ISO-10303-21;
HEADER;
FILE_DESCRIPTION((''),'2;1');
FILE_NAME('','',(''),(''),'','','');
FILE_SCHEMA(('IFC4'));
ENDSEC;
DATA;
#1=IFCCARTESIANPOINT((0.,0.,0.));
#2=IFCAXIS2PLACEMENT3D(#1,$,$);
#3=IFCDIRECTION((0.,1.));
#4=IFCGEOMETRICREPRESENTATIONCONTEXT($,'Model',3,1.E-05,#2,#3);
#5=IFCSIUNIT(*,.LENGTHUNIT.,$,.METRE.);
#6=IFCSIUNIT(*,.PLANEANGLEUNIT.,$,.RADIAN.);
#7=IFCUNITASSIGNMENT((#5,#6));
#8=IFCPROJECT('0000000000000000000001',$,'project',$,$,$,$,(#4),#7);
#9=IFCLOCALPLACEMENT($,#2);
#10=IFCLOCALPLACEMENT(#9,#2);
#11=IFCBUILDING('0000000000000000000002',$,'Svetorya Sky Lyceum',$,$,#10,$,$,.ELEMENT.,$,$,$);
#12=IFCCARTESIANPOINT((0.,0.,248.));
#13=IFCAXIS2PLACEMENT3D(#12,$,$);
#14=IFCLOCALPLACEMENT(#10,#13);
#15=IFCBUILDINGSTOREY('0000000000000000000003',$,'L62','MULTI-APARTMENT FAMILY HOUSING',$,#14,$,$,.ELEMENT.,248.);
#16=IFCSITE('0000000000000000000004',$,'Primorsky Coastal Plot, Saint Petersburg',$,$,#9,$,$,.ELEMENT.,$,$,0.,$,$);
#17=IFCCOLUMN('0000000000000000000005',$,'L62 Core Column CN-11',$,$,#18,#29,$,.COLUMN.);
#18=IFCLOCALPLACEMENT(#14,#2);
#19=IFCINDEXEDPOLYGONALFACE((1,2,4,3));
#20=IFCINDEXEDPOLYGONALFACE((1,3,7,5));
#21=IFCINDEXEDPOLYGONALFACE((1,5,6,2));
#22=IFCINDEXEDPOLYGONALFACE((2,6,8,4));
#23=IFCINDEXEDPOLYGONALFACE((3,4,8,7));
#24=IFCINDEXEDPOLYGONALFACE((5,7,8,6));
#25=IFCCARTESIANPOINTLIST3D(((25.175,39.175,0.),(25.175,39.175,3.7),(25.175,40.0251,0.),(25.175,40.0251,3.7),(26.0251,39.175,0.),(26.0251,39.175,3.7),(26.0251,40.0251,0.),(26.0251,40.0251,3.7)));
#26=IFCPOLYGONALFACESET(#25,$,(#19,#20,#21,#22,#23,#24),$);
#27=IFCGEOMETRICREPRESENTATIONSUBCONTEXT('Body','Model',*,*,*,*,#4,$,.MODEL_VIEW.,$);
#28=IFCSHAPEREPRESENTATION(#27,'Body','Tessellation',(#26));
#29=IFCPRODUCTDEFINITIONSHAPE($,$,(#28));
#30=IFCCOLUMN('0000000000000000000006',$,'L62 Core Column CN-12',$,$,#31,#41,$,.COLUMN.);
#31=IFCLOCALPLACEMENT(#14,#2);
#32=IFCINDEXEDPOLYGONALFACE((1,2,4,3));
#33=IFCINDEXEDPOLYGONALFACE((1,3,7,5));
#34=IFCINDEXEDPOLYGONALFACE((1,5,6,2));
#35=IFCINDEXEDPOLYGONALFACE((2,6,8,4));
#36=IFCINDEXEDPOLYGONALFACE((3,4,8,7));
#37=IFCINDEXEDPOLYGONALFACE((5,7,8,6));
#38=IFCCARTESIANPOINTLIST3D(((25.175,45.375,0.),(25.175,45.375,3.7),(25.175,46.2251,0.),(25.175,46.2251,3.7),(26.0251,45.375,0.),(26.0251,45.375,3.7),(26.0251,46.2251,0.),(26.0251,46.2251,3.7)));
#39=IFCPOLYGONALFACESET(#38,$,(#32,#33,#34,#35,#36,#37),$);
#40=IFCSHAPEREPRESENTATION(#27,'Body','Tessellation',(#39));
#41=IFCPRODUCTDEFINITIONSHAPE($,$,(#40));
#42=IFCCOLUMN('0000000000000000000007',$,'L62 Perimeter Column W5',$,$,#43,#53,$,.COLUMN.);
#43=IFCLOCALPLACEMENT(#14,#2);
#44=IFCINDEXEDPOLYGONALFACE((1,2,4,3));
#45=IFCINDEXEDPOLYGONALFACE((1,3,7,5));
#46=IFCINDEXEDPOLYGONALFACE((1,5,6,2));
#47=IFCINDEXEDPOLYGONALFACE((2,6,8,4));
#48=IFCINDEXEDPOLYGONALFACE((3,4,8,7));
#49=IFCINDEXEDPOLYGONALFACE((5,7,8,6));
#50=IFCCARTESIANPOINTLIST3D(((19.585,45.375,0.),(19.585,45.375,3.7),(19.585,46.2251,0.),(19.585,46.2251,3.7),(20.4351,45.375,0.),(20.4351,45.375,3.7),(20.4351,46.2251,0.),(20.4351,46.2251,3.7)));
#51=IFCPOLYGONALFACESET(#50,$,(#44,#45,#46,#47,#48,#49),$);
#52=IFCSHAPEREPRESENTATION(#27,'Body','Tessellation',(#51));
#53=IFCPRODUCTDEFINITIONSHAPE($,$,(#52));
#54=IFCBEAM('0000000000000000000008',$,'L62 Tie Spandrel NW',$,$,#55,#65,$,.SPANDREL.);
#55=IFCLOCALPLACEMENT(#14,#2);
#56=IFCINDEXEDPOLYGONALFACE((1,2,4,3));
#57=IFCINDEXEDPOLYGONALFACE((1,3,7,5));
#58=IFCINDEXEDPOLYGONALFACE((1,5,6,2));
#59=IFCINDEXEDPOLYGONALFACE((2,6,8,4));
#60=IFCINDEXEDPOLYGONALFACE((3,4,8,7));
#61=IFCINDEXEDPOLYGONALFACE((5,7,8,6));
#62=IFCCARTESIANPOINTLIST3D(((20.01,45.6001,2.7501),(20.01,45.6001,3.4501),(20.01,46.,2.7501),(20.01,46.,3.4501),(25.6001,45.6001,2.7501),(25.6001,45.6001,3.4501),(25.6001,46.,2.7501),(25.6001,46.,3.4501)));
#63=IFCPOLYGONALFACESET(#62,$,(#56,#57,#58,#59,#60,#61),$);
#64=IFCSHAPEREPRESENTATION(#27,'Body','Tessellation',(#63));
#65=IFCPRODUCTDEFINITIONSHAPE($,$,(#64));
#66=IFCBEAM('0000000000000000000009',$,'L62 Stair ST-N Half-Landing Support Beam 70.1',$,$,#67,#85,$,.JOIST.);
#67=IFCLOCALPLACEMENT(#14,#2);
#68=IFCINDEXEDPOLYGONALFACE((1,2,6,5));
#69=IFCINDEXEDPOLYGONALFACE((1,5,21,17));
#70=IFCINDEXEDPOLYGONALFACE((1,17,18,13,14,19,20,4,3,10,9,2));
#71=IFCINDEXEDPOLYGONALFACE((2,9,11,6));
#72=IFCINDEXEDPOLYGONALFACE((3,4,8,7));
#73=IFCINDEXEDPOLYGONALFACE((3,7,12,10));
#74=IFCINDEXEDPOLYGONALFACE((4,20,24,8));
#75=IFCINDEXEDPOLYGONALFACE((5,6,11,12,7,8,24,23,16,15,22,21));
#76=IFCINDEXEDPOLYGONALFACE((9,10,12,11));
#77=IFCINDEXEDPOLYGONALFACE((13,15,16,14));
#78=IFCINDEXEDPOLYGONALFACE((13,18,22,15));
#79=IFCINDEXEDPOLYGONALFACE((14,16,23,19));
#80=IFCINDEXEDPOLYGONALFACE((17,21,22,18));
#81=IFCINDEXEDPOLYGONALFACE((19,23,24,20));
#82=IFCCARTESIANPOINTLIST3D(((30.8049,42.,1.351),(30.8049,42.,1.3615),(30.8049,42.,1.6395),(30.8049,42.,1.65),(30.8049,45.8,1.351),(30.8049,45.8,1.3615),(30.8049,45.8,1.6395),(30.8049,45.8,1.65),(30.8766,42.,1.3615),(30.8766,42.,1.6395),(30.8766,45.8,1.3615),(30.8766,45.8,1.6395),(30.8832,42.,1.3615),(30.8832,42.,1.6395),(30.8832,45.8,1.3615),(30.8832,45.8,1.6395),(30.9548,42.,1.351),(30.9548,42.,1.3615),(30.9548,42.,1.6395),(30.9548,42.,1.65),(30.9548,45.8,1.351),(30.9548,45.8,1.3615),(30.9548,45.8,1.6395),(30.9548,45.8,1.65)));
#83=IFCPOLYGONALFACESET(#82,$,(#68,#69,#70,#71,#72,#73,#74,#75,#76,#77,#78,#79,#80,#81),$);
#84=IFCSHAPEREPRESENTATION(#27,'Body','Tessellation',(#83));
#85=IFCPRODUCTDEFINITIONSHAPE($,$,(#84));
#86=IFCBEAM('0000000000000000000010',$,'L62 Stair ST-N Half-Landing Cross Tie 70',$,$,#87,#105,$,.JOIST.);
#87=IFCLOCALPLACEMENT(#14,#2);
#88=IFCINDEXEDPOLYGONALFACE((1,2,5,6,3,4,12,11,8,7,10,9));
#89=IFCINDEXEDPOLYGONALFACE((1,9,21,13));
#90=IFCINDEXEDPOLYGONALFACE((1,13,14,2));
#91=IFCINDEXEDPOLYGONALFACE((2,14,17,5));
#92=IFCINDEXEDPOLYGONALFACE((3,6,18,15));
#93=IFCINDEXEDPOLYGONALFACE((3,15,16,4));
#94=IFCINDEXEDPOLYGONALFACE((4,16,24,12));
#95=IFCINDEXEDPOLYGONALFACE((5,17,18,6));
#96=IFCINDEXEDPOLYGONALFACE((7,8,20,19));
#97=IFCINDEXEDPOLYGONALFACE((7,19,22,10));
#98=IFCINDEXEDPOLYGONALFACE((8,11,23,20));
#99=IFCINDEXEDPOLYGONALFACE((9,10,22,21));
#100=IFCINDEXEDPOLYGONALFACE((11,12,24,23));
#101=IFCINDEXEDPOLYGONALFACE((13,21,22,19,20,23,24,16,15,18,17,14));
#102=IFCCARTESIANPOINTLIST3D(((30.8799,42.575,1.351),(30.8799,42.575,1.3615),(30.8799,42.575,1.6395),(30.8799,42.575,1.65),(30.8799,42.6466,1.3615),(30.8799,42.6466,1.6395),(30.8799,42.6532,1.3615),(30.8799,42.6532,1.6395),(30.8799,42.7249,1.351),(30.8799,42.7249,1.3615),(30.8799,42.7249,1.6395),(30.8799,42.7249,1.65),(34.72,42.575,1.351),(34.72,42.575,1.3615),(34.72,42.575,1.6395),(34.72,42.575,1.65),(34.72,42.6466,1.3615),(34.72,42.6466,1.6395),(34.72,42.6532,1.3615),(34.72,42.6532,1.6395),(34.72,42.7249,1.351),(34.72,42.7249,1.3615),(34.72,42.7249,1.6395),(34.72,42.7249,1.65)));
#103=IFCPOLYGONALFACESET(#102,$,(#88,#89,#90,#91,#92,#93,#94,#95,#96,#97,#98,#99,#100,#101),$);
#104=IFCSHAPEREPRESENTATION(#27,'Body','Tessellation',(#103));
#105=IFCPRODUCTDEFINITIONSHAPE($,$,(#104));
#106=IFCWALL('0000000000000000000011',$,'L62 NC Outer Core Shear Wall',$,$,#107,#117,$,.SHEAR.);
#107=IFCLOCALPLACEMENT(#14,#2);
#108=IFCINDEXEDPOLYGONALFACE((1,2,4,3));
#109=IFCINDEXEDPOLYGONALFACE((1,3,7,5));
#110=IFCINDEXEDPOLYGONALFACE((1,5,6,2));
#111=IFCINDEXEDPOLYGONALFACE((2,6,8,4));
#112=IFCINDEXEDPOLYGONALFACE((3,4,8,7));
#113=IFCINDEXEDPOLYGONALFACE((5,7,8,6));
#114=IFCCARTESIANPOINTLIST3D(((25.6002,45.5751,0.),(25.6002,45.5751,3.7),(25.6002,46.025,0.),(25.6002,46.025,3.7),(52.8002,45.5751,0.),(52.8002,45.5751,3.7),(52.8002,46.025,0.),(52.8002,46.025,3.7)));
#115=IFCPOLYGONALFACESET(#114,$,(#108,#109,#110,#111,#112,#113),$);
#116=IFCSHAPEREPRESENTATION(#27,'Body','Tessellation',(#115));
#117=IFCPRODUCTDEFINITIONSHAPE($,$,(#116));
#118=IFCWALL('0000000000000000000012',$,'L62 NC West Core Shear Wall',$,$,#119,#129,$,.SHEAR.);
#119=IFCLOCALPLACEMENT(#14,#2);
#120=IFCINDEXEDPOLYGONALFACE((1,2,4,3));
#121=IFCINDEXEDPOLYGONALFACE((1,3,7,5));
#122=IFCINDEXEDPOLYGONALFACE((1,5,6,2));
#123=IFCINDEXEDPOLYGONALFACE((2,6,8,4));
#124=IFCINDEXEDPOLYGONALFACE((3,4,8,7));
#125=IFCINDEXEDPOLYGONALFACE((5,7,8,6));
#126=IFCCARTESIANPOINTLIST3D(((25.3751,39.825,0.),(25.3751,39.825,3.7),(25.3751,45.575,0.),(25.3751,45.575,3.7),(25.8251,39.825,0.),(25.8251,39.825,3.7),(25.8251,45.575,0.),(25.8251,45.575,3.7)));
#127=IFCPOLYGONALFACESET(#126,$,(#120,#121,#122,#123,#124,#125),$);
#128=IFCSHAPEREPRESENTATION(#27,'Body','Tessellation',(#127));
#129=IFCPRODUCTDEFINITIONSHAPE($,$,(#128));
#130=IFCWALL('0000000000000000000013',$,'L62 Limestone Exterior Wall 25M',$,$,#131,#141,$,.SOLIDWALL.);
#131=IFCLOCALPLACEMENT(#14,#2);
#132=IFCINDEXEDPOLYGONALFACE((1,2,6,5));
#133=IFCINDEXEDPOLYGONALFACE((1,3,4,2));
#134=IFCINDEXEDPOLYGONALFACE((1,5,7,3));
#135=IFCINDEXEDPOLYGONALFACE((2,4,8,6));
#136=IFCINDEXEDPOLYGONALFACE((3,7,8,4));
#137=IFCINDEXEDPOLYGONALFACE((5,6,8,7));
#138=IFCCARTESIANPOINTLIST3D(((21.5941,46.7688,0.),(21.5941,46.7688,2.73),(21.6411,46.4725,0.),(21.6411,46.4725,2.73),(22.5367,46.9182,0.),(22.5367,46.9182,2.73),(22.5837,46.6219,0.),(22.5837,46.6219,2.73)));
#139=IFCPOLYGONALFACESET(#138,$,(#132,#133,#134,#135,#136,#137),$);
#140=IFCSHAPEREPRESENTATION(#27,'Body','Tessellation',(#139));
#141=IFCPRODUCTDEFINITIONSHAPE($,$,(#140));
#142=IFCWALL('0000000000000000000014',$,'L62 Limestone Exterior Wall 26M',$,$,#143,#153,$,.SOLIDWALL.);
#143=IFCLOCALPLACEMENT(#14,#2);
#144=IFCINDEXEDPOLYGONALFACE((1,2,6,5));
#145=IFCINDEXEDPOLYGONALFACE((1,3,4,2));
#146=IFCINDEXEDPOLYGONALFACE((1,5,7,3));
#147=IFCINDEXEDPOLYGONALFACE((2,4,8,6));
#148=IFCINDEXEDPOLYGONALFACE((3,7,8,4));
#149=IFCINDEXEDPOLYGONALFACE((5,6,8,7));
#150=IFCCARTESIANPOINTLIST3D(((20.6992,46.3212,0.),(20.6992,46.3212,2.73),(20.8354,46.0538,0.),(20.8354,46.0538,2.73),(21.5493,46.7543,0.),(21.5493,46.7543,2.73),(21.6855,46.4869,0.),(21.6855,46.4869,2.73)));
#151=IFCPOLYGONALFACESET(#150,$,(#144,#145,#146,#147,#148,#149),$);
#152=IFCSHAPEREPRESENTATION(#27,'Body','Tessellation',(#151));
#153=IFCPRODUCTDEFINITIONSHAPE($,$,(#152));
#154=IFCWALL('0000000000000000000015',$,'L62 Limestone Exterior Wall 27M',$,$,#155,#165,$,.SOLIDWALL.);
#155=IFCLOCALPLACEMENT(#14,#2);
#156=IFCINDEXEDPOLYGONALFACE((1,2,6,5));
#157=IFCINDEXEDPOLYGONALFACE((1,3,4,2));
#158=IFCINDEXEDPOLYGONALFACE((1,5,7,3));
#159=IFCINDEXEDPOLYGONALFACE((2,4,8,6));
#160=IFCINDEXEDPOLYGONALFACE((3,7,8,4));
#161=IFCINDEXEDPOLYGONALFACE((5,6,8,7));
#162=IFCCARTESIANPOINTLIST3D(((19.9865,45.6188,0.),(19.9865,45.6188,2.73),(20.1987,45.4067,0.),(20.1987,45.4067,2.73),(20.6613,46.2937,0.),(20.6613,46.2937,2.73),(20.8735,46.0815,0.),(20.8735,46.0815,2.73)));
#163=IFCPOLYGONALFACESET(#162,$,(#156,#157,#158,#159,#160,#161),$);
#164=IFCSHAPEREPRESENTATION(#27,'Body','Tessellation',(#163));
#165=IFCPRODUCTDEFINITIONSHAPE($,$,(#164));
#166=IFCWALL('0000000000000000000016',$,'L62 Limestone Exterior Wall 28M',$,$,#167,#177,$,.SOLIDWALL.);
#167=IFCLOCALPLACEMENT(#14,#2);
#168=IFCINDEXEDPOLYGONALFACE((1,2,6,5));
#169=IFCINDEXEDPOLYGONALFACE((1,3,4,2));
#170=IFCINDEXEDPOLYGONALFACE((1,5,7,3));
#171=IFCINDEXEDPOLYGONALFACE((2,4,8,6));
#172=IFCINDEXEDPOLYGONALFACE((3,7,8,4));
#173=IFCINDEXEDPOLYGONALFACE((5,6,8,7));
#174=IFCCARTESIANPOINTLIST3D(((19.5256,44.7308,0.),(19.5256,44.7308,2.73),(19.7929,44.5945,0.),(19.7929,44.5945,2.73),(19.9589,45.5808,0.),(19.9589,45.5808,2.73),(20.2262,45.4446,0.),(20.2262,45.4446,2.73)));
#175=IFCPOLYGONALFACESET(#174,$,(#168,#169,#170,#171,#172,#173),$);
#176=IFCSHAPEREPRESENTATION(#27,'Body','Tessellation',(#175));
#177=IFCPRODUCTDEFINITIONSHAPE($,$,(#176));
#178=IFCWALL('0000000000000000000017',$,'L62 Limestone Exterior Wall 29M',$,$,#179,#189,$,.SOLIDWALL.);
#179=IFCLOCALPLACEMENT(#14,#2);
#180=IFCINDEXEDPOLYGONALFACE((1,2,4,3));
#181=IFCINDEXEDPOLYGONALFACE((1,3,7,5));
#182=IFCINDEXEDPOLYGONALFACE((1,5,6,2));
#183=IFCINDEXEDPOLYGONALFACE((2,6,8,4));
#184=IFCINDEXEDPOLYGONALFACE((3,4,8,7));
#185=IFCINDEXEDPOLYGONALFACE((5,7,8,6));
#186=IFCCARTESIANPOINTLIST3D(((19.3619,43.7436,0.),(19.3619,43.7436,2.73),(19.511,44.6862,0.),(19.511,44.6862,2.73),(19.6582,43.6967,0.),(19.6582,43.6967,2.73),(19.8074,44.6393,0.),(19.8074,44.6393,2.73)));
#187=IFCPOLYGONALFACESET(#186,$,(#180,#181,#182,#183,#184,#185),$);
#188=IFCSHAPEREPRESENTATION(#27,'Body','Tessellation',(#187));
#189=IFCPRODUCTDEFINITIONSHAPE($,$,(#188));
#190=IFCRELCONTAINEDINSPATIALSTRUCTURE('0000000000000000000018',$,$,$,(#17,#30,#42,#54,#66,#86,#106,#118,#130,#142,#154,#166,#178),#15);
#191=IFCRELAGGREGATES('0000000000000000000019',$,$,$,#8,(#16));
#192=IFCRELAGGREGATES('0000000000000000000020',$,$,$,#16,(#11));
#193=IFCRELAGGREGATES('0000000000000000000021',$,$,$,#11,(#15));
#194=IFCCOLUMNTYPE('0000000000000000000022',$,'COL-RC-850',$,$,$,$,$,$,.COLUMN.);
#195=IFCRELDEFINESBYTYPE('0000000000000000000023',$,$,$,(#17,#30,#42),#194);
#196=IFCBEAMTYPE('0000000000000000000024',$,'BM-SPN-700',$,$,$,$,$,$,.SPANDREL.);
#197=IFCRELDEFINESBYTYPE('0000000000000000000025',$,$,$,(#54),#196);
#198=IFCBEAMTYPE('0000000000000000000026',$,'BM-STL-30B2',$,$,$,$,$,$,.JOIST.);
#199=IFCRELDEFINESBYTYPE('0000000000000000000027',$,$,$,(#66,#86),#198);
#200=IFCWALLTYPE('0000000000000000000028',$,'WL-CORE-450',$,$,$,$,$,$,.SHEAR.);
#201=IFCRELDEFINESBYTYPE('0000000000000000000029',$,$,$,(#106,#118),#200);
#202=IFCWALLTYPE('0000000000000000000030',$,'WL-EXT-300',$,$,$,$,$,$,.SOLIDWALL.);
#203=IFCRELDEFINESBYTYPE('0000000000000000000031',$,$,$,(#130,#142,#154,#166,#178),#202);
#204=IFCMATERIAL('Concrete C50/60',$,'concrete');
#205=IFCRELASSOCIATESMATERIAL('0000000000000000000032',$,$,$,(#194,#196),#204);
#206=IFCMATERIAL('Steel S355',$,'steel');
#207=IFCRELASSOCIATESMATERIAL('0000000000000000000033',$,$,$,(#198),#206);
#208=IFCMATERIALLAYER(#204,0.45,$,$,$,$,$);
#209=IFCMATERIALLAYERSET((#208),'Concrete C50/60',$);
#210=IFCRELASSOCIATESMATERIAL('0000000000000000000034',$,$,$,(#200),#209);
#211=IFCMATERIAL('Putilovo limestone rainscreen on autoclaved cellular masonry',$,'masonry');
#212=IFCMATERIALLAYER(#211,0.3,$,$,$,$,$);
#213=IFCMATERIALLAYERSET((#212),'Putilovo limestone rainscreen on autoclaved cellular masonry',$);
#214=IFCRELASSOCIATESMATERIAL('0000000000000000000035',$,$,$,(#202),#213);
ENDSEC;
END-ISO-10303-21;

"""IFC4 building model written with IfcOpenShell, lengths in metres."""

from ifc_helpers import new_model, si_unit, direction, frame, frame_2d, origin, origin_2d, place, context, subcontext, project, spatial, rectangle, i_section, extrude, material, layer, layer_set, material_profile, profile_set, type_object, element, save


model = new_model("IFC4")

# Units and contexts
model_context = context("Model", 3, precision=1e-05, world=origin(), true_north=direction((0.0, 1.0)))
body_context = subcontext(model_context, "Body", "Model", "MODEL_VIEW")
ifc_project = project(units=[si_unit("LENGTHUNIT", "METRE"), si_unit("PLANEANGLEUNIT", "RADIAN")], contexts=[model_context])

# Site, building, storey
site_placement = place(None, origin())
site = spatial("IfcSite", under=ifc_project, at=site_placement, Name="Primorsky Coastal Plot, Saint Petersburg", CompositionType="ELEMENT", RefElevation=0.0)
building_placement = place(site_placement, origin())
building = spatial("IfcBuilding", under=site, at=building_placement, Name="Svetorya Sky Lyceum", CompositionType="ELEMENT")
storey_placement = place(building_placement, frame((0.0, 0.0, 248.0)))
storey = spatial("IfcBuildingStorey", under=building, at=storey_placement, Name="L62", Description="MULTI-APARTMENT FAMILY HOUSING", CompositionType="ELEMENT", Elevation=248.0)

# Columns
ifc_material_1 = material(Name="Concrete C50/60", Category="concrete")
ifc_material_profile_1 = material_profile(ifc_material_1, rectangle(XDim=0.8501, YDim=0.8501, at=origin_2d()), Name="RC COL 850x850")
ifc_profile_set_1 = profile_set([ifc_material_profile_1], Name="Concrete C50/60")
column_type = type_object("IfcColumnType", Name="COL-RC-850", PredefinedType="COLUMN", material=ifc_profile_set_1)
for number, where, z_axis, x_axis, name in (
    (1, (25.6001, 39.6001, 0.0), (0.0, 0.0, 1.0), (1.0, 0.0, 0.0), "L62 Core Column CN-11"),
    (2, (25.6001, 45.8, 0.0), (0.0, 0.0, 1.0), (1.0, 0.0, 0.0), "L62 Core Column CN-12"),
    (3, (20.01, 45.8, 0.0), (0.0, 0.0, 1.0), (1.0, 0.0, 0.0), "L62 Perimeter Column W5"),
):
    element("IfcColumn", number, at=place(storey_placement, frame(where, z_axis=z_axis, x_axis=x_axis)), inside=storey, type_object=column_type, Name=name, PredefinedType="COLUMN", context=body_context, shape_type="SweptSolid", body=[
        extrude(rectangle(XDim=0.8501, YDim=0.8501, at=origin_2d()), origin(), (0.0, 0.0, 1.0), 3.7),
    ])

# Beams
ifc_material_profile_2 = material_profile(ifc_material_1, rectangle(XDim=0.3999, YDim=0.7, at=origin_2d()), Name="RC SPANDREL 400x700")
ifc_profile_set_2 = profile_set([ifc_material_profile_2], Name="Concrete C50/60")
beam_type_1 = type_object("IfcBeamType", Name="BM-SPN-700", PredefinedType="SPANDREL", material=ifc_profile_set_2)
beam_1_placement = place(storey_placement, frame((20.01, 45.8, 3.1001), z_axis=(1.0, 0.0, 0.0), x_axis=(0.0, 1.0, 0.0)))
element("IfcBeam", 4, at=beam_1_placement, inside=storey, type_object=beam_type_1, Name="L62 Tie Spandrel NW", PredefinedType="SPANDREL", context=body_context, shape_type="SweptSolid", body=[
    extrude(rectangle(XDim=0.3999, YDim=0.7, at=origin_2d()), origin(), (0.0, 0.0, 1.0), 5.5901),
])
ifc_material_2 = material(Name="Steel S355", Category="steel")
ifc_material_profile_3 = material_profile(ifc_material_2, i_section(OverallWidth=0.1499, OverallDepth=0.2991, WebThickness=0.0066, FlangeThickness=0.0105, at=origin_2d()), Name="GOST 30B2")
ifc_profile_set_3 = profile_set([ifc_material_profile_3], Name="Steel S355")
beam_type_2 = type_object("IfcBeamType", Name="BM-STL-30B2", PredefinedType="JOIST", material=ifc_profile_set_3)
beam_2_placement = place(storey_placement, frame((30.8799, 42.0, 1.5005), z_axis=(0.0, 1.0, 0.0), x_axis=(-1.0, 0.0, 0.0)))
element("IfcBeam", 5, at=beam_2_placement, inside=storey, type_object=beam_type_2, Name="L62 Stair ST-N Half-Landing Support Beam 70.1", PredefinedType="JOIST", context=body_context, shape_type="SweptSolid", body=[
    extrude(i_section(OverallWidth=0.1499, OverallDepth=0.2991, WebThickness=0.0066, FlangeThickness=0.0105, at=origin_2d()), origin(), (0.0, 0.0, 1.0), 3.8),
])
beam_3_placement = place(storey_placement, frame((30.8799, 42.6499, 1.5005), z_axis=(1.0, 0.0, 0.0), x_axis=(0.0, 1.0, 0.0)))
element("IfcBeam", 6, at=beam_3_placement, inside=storey, type_object=beam_type_2, Name="L62 Stair ST-N Half-Landing Cross Tie 70", PredefinedType="JOIST", context=body_context, shape_type="SweptSolid", body=[
    extrude(i_section(OverallWidth=0.1499, OverallDepth=0.2991, WebThickness=0.0066, FlangeThickness=0.0105, at=origin_2d()), origin(), (0.0, 0.0, 1.0), 3.8401),
])

# Walls
ifc_layer_1 = layer(ifc_material_1, 0.45)
ifc_layer_set_1 = layer_set([ifc_layer_1], Name="Concrete C50/60")
wall_type_1 = type_object("IfcWallType", Name="WL-CORE-450", PredefinedType="SHEAR", material=ifc_layer_set_1)
wall_1_placement = place(storey_placement, frame((25.6001, 45.8, 0.0), z_axis=(0.0, 0.0, 1.0), x_axis=(1.0, 0.0, 0.0)))
element("IfcWall", 7, at=wall_1_placement, inside=storey, type_object=wall_type_1, Name="L62 NC Outer Core Shear Wall", PredefinedType="SHEAR", context=body_context, shape_type="SweptSolid", body=[
    extrude(rectangle(XDim=27.2, YDim=0.45, at=frame_2d((13.6001, 0.0))), origin(), (0.0, 0.0, 1.0), 3.7),
])
wall_2_placement = place(storey_placement, frame((25.6001, 39.825, 0.0), z_axis=(0.0, 0.0, 1.0), x_axis=(0.0, 1.0, 0.0)))
element("IfcWall", 8, at=wall_2_placement, inside=storey, type_object=wall_type_1, Name="L62 NC West Core Shear Wall", PredefinedType="SHEAR", context=body_context, shape_type="SweptSolid", body=[
    extrude(rectangle(XDim=5.75, YDim=0.45, at=frame_2d((2.875, 0.0))), origin(), (0.0, 0.0, 1.0), 3.7),
])
ifc_material_3 = material(Name="Putilovo limestone rainscreen on autoclaved cellular masonry", Category="masonry")
ifc_layer_2 = layer(ifc_material_3, 0.3)
ifc_layer_set_2 = layer_set([ifc_layer_2], Name="Putilovo limestone rainscreen on autoclaved cellular masonry")
wall_type_2 = type_object("IfcWallType", Name="WL-EXT-300", PredefinedType="SOLIDWALL", material=ifc_layer_set_2)
wall_3_placement = place(storey_placement, frame((22.5601, 46.77, 0.0), z_axis=(0.0, 0.0, 1.0), x_axis=(-0.987669, -0.156554, 0.0)))
element("IfcWall", 9, at=wall_3_placement, inside=storey, type_object=wall_type_2, Name="L62 Limestone Exterior Wall 25M", PredefinedType="SOLIDWALL", context=body_context, shape_type="SweptSolid", body=[
    extrude(rectangle(XDim=0.9543, YDim=0.3, at=frame_2d((0.4771, 0.0))), origin(), (0.0, 0.0, 1.0), 2.73),
])
wall_4_placement = place(storey_placement, frame((21.6174, 46.6206, 0.0), z_axis=(0.0, 0.0, 1.0), x_axis=(-0.891024, -0.453956, 0.0)))
element("IfcWall", 10, at=wall_4_placement, inside=storey, type_object=wall_type_2, Name="L62 Limestone Exterior Wall 26M", PredefinedType="SOLIDWALL", context=body_context, shape_type="SweptSolid", body=[
    extrude(rectangle(XDim=0.9541, YDim=0.3, at=frame_2d((0.4771, 0.0))), origin(), (0.0, 0.0, 1.0), 2.73),
])
wall_5_placement = place(storey_placement, frame((20.7673, 46.1875, 0.0), z_axis=(0.0, 0.0, 1.0), x_axis=(-0.707107, -0.707107, 0.0)))
element("IfcWall", 11, at=wall_5_placement, inside=storey, type_object=wall_type_2, Name="L62 Limestone Exterior Wall 27M", PredefinedType="SOLIDWALL", context=body_context, shape_type="SweptSolid", body=[
    extrude(rectangle(XDim=0.9543, YDim=0.3, at=frame_2d((0.4771, 0.0))), origin(), (0.0, 0.0, 1.0), 2.73),
])
wall_6_placement = place(storey_placement, frame((20.0925, 45.5127, 0.0), z_axis=(0.0, 0.0, 1.0), x_axis=(-0.45416, -0.89092, 0.0)))
element("IfcWall", 12, at=wall_6_placement, inside=storey, type_object=wall_type_2, Name="L62 Limestone Exterior Wall 28M", PredefinedType="SOLIDWALL", context=body_context, shape_type="SweptSolid", body=[
    extrude(rectangle(XDim=0.9541, YDim=0.3, at=frame_2d((0.4771, 0.0))), origin(), (0.0, 0.0, 1.0), 2.73),
])
wall_7_placement = place(storey_placement, frame((19.6592, 44.6626, 0.0), z_axis=(0.0, 0.0, 1.0), x_axis=(-0.156304, -0.987709, 0.0)))
element("IfcWall", 13, at=wall_7_placement, inside=storey, type_object=wall_type_2, Name="L62 Limestone Exterior Wall 29M", PredefinedType="SOLIDWALL", context=body_context, shape_type="SweptSolid", body=[
    extrude(rectangle(XDim=0.9543, YDim=0.3, at=frame_2d((0.4771, 0.0))), origin(), (0.0, 0.0, 1.0), 2.73),
])

save(model, "model.ifc")
